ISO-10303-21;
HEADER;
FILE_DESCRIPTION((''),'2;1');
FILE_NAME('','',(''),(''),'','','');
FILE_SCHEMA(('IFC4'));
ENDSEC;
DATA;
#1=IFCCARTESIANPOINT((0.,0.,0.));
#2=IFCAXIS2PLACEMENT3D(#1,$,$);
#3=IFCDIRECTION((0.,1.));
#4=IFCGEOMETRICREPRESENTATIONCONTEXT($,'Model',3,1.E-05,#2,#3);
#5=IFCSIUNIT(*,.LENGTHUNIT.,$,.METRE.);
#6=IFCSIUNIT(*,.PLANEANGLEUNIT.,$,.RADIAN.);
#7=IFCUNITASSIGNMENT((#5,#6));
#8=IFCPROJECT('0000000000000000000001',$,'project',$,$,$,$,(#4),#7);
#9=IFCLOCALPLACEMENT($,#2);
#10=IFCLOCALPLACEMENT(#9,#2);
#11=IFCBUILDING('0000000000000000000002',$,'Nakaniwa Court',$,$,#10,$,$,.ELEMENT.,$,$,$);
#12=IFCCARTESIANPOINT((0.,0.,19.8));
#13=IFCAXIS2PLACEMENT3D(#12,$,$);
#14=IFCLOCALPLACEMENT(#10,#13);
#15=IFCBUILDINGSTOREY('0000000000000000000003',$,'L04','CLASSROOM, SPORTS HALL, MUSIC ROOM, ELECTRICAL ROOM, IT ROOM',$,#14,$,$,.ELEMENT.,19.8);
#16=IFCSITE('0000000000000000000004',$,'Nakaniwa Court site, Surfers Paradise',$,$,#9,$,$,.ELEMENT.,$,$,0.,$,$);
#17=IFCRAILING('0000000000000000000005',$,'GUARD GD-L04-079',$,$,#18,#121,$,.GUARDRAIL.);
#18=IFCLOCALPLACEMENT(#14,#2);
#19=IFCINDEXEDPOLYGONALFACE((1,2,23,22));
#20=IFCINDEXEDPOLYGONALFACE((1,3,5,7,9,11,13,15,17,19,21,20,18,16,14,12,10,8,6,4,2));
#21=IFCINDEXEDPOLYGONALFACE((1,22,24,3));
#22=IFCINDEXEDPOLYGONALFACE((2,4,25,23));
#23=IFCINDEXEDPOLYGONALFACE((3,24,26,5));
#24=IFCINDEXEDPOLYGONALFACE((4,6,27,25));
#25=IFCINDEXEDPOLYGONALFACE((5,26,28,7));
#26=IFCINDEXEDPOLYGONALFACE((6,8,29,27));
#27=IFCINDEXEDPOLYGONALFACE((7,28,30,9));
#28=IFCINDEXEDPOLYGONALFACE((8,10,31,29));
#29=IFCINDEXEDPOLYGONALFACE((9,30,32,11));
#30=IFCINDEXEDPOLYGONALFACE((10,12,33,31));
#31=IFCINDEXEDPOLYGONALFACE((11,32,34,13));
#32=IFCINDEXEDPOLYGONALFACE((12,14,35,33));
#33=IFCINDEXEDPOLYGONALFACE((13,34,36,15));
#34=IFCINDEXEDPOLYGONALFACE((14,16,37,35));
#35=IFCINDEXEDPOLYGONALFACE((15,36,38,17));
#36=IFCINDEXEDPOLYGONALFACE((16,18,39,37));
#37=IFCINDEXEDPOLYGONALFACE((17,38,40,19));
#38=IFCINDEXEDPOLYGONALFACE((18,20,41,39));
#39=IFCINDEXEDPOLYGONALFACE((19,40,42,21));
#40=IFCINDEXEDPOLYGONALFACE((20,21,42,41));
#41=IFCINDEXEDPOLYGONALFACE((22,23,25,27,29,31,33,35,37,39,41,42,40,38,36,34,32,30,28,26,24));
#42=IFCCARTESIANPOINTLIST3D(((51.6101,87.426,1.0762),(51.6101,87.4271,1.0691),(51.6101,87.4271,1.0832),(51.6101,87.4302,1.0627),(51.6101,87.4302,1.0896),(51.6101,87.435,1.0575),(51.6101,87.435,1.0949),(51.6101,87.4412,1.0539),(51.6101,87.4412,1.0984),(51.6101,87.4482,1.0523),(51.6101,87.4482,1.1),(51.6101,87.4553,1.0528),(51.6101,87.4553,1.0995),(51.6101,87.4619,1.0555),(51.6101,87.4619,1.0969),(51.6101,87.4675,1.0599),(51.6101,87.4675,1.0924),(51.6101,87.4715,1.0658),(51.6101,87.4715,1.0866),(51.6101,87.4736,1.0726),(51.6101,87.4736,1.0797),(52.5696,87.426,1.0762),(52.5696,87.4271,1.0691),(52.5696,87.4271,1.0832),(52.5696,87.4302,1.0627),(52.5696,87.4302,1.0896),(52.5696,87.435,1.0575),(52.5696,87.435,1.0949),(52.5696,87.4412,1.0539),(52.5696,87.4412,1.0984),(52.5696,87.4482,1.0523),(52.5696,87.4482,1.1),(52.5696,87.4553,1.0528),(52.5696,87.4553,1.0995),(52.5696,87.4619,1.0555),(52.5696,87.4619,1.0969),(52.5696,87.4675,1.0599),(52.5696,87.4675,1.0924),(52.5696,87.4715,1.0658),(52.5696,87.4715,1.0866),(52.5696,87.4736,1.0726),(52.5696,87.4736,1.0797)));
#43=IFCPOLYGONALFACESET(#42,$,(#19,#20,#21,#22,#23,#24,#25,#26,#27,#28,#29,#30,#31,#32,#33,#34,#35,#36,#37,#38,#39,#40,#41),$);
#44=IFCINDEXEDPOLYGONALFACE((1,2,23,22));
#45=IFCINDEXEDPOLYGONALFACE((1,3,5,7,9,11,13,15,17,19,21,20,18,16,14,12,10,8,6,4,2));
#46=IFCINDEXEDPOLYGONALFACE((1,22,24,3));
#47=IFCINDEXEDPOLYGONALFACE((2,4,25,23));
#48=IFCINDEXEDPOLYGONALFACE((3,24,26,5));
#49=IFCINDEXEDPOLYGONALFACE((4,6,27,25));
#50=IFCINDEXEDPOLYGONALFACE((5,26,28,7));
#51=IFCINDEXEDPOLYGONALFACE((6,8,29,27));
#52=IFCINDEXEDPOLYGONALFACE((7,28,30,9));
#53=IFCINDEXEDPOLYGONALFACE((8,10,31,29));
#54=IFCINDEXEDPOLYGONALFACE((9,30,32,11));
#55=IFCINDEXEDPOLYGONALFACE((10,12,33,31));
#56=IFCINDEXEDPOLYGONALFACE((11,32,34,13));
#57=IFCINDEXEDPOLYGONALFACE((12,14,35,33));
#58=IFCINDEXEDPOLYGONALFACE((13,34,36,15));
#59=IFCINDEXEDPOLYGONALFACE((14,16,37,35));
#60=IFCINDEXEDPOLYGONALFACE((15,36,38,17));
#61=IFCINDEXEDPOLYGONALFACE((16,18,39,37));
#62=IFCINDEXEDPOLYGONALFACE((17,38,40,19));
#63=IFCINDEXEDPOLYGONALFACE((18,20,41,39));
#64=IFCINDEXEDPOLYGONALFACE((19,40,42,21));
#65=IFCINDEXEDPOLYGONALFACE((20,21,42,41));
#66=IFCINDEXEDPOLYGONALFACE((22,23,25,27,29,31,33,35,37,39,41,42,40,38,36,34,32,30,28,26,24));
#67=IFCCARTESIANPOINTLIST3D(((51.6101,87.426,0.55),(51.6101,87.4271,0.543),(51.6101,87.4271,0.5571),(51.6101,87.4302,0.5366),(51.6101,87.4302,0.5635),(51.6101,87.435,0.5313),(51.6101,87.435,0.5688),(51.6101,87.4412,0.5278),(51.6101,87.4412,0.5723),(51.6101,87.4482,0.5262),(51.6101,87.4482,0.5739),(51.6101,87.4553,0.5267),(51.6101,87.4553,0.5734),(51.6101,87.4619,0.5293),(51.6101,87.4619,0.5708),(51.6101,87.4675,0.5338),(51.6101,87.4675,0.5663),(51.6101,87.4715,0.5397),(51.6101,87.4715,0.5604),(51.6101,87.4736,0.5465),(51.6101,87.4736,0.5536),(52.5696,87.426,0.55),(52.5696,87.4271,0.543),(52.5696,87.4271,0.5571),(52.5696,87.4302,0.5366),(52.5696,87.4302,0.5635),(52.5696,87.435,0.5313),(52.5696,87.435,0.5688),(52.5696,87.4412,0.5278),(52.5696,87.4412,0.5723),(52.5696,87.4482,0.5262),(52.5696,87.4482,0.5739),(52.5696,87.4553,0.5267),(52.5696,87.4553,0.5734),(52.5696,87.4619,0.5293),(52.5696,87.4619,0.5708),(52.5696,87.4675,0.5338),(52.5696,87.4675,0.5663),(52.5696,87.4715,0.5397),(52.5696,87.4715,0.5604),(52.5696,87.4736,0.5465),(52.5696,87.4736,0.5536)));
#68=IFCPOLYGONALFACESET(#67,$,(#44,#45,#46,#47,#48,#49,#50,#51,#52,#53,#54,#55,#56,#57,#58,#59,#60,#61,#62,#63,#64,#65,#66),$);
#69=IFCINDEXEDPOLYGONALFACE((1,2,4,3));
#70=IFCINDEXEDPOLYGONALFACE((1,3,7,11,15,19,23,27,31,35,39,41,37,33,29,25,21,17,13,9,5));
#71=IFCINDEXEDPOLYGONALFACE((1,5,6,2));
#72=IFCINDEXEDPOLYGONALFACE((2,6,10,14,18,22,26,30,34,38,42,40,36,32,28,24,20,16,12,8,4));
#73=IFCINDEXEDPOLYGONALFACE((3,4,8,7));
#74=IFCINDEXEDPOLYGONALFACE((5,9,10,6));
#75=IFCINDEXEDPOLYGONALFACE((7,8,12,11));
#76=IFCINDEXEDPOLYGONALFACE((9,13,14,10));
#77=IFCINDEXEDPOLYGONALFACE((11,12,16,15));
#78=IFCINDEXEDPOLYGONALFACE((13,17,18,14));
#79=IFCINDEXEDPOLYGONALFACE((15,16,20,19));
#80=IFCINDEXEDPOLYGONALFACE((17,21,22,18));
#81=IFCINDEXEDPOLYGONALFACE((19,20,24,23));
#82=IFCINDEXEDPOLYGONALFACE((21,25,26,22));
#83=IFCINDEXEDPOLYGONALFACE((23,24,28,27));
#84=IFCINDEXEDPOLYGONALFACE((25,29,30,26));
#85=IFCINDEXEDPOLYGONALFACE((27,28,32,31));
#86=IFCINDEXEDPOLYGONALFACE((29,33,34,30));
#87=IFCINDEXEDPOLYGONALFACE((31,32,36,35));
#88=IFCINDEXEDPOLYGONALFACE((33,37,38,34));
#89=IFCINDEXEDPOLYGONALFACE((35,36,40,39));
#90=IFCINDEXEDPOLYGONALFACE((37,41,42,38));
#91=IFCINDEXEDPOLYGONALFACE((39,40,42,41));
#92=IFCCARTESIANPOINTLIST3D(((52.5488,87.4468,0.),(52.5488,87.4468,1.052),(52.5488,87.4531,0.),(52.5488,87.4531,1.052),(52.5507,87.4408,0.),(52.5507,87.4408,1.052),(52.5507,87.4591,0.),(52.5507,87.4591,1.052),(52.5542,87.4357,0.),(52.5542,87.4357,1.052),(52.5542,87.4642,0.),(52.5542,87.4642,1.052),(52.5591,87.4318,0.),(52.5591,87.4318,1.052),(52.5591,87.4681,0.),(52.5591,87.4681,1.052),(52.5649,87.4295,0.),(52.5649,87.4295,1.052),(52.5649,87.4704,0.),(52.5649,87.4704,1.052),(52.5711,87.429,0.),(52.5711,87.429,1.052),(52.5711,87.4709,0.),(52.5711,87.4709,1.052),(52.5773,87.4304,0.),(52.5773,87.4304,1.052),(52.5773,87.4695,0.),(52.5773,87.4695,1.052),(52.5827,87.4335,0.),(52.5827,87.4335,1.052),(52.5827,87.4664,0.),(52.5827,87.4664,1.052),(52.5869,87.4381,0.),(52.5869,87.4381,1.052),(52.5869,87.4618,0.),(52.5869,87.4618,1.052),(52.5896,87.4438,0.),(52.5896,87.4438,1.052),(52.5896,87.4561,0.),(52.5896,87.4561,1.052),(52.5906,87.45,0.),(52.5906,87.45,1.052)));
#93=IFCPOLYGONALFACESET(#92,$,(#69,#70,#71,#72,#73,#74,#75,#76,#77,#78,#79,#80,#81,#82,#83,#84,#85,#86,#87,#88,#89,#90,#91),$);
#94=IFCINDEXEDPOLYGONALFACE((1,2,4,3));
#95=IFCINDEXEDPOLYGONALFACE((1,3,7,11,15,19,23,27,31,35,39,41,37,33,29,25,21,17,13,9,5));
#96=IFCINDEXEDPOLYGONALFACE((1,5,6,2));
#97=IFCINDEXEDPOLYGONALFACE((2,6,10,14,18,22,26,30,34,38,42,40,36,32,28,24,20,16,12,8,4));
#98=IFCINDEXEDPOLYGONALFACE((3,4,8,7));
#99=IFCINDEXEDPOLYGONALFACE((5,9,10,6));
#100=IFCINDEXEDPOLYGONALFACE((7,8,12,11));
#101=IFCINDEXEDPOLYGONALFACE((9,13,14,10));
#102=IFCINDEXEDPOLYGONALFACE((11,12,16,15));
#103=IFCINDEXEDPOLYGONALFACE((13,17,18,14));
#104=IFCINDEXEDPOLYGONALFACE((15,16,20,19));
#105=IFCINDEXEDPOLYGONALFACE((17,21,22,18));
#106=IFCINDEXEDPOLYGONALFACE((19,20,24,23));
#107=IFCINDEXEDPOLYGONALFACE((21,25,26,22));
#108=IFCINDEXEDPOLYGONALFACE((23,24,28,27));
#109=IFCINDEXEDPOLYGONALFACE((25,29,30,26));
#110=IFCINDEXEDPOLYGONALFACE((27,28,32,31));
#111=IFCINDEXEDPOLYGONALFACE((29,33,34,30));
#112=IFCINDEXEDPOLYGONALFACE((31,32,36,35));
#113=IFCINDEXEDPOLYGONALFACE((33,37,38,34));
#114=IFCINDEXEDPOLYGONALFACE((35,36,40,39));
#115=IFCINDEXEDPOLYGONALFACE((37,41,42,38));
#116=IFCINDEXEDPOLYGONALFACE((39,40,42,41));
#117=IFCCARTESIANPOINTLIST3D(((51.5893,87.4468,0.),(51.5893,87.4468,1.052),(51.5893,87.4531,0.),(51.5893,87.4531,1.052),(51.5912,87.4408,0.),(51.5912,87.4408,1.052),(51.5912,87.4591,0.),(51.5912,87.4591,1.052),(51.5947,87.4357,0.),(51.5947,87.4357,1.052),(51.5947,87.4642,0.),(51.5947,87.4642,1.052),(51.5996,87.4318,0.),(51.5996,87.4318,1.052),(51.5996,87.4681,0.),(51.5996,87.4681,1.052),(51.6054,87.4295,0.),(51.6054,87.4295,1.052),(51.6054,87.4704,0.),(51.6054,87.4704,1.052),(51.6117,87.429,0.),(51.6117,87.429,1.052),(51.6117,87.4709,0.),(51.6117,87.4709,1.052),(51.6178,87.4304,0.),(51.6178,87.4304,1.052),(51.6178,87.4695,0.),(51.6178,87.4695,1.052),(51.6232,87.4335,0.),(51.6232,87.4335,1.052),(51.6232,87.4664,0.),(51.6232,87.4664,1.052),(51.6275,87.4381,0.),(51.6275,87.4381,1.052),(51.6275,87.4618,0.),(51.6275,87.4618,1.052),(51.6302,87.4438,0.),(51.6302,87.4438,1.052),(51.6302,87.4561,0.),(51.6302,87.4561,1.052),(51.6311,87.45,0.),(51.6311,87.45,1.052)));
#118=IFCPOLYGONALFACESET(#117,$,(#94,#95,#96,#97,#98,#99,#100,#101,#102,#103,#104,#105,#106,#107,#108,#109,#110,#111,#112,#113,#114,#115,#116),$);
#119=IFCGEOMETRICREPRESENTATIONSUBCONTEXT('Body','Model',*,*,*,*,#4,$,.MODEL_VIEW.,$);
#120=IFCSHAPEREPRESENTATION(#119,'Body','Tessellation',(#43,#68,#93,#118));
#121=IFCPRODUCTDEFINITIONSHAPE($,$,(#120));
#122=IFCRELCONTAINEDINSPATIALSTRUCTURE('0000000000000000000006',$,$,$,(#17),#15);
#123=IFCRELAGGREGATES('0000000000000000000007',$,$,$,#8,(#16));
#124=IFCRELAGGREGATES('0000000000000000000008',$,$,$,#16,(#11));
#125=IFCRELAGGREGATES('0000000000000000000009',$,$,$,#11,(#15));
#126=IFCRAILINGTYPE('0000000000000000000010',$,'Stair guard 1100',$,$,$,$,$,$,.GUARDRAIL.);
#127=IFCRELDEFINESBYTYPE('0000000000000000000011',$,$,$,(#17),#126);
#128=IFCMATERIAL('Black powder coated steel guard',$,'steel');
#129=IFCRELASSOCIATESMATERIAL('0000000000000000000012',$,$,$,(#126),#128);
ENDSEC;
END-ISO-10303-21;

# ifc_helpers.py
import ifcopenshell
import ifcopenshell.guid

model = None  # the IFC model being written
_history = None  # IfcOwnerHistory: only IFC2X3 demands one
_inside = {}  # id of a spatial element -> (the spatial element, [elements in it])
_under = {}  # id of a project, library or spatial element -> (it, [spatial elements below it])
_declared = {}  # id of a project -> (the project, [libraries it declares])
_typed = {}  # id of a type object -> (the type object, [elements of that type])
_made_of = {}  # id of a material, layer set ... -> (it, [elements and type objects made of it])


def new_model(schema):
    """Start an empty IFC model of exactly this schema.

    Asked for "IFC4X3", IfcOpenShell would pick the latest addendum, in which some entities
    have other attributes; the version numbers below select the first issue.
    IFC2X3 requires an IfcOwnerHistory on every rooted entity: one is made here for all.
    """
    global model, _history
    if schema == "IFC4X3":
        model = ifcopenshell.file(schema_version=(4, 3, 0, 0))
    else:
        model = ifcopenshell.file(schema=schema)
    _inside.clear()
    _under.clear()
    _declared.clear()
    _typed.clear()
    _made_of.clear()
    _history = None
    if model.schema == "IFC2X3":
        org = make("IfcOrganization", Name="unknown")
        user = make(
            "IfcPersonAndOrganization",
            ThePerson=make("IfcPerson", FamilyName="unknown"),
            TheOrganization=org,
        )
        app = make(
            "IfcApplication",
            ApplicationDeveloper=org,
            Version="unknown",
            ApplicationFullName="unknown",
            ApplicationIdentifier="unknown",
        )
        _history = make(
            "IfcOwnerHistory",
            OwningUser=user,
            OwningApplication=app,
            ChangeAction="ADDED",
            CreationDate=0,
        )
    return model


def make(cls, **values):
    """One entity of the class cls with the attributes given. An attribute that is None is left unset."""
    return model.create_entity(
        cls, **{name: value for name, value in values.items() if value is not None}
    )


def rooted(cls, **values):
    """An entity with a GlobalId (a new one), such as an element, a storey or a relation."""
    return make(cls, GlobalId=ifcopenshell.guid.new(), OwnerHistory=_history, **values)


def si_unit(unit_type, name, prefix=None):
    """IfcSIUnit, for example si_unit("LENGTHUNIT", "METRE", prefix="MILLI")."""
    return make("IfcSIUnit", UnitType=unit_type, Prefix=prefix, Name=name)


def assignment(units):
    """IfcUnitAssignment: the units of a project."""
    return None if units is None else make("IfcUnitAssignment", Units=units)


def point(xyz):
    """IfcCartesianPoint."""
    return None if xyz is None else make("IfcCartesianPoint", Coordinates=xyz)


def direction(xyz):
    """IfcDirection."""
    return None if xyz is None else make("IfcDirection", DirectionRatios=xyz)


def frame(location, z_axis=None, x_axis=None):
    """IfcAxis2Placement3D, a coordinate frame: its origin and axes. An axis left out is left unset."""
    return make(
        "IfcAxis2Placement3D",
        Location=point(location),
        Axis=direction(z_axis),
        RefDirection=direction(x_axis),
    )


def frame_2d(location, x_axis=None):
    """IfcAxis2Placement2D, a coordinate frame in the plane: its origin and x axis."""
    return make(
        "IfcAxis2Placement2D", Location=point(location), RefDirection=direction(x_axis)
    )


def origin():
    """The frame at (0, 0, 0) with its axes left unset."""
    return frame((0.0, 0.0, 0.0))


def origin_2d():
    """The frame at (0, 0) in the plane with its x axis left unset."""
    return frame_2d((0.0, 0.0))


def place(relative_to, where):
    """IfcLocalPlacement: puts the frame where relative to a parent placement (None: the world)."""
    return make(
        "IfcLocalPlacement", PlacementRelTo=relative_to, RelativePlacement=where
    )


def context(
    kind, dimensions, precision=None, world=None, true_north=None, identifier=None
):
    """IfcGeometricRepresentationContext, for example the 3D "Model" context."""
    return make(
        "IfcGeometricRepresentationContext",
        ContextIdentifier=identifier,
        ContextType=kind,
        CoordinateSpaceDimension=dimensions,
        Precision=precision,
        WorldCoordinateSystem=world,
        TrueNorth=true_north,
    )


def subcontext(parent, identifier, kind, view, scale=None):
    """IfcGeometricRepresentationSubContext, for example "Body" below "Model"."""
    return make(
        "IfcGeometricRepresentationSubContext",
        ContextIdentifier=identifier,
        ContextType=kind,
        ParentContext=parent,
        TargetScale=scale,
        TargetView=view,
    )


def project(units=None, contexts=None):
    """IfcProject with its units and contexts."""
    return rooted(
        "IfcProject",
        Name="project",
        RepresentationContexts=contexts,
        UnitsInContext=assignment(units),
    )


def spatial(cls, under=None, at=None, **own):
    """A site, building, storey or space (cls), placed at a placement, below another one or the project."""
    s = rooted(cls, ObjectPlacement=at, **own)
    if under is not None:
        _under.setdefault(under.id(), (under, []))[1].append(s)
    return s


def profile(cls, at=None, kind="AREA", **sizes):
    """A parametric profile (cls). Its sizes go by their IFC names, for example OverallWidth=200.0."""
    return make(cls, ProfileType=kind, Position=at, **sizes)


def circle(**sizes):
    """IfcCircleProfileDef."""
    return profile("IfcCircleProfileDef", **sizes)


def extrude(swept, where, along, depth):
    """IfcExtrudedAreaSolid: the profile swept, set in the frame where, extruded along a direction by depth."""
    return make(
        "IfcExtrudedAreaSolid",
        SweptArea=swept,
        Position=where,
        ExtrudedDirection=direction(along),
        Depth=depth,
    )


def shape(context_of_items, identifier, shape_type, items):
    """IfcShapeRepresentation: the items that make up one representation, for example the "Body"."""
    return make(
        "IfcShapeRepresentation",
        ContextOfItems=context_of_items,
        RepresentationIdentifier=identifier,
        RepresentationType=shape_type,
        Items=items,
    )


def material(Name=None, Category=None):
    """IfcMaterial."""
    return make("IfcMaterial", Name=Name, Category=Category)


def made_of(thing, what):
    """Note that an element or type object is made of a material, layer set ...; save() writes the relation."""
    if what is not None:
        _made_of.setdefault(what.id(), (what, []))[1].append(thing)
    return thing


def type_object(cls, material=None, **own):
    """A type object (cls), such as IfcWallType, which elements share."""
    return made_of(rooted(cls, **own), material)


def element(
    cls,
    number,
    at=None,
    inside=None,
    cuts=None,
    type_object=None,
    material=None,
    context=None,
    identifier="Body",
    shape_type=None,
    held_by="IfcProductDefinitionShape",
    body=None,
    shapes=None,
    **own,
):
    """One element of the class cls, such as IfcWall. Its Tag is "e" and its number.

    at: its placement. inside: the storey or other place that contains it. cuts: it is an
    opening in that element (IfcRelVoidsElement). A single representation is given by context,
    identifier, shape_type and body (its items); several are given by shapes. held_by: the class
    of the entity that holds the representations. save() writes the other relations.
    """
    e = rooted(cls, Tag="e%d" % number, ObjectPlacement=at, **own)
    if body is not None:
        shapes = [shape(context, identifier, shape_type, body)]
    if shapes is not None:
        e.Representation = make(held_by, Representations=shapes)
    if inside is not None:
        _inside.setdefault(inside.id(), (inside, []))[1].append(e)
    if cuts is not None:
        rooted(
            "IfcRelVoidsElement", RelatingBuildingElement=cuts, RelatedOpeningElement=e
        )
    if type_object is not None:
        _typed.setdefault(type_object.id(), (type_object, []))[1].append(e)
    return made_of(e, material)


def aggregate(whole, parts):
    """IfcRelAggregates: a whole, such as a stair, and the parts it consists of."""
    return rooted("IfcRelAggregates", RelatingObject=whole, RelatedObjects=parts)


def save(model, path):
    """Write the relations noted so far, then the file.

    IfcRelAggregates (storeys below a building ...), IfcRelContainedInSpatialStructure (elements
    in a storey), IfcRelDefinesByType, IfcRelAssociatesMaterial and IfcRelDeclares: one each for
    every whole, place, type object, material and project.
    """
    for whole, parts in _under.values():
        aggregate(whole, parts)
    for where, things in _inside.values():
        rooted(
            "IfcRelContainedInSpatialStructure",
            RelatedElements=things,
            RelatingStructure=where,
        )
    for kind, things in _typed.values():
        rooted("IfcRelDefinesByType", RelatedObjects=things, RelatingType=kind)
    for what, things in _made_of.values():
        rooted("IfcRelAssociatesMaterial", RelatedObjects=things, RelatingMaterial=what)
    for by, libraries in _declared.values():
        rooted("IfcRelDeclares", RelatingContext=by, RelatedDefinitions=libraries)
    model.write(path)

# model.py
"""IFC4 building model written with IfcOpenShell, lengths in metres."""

from ifc_helpers import new_model, si_unit, direction, frame, origin, origin_2d, place, context, subcontext, project, spatial, circle, extrude, material, type_object, element, save


model = new_model("IFC4")

# Units and contexts
model_context = context("Model", 3, precision=1e-05, world=origin(), true_north=direction((0.0, 1.0)))
body_context = subcontext(model_context, "Body", "Model", "MODEL_VIEW")
ifc_project = project(units=[si_unit("LENGTHUNIT", "METRE"), si_unit("PLANEANGLEUNIT", "RADIAN")], contexts=[model_context])

# Site, building, storey
site_placement = place(None, origin())
site = spatial("IfcSite", under=ifc_project, at=site_placement, Name="Nakaniwa Court site, Surfers Paradise", CompositionType="ELEMENT", RefElevation=0.0)
building_placement = place(site_placement, origin())
building = spatial("IfcBuilding", under=site, at=building_placement, Name="Nakaniwa Court", CompositionType="ELEMENT")
storey_placement = place(building_placement, frame((0.0, 0.0, 19.8)))
storey = spatial("IfcBuildingStorey", under=building, at=storey_placement, Name="L04", Description="CLASSROOM, SPORTS HALL, MUSIC ROOM, ELECTRICAL ROOM, IT ROOM", CompositionType="ELEMENT", Elevation=19.8)

# Railing
ifc_material_1 = material(Name="Black powder coated steel guard", Category="steel")
railing_type = type_object("IfcRailingType", Name="Stair guard 1100", PredefinedType="GUARDRAIL", material=ifc_material_1)
railing_1_placement = place(storey_placement, frame((52.5696, 87.45, 0.0)))
element("IfcRailing", 1, at=railing_1_placement, inside=storey, type_object=railing_type, Name="GUARD GD-L04-079", PredefinedType="GUARDRAIL", context=body_context, shape_type="SweptSolid", body=[
    extrude(circle(Radius=0.0239, at=origin_2d()), frame((0.0, 0.0, 1.0762), z_axis=(-1.0, 0.0, 0.0), x_axis=(0.0, -1.0, 0.0)), (0.0, 0.0, 1.0), 0.9595),
    extrude(circle(Radius=0.0239, at=origin_2d()), frame((0.0, 0.0, 0.55), z_axis=(-1.0, 0.0, 0.0), x_axis=(0.0, -1.0, 0.0)), (0.0, 0.0, 1.0), 0.9595),
    extrude(circle(Radius=0.021, at=origin_2d()), origin(), (0.0, 0.0, 1.0), 1.052),
    extrude(circle(Radius=0.021, at=origin_2d()), frame((-0.9595, 0.0, 0.0)), (0.0, 0.0, 1.0), 1.052),
])

save(model, "model.ifc")
